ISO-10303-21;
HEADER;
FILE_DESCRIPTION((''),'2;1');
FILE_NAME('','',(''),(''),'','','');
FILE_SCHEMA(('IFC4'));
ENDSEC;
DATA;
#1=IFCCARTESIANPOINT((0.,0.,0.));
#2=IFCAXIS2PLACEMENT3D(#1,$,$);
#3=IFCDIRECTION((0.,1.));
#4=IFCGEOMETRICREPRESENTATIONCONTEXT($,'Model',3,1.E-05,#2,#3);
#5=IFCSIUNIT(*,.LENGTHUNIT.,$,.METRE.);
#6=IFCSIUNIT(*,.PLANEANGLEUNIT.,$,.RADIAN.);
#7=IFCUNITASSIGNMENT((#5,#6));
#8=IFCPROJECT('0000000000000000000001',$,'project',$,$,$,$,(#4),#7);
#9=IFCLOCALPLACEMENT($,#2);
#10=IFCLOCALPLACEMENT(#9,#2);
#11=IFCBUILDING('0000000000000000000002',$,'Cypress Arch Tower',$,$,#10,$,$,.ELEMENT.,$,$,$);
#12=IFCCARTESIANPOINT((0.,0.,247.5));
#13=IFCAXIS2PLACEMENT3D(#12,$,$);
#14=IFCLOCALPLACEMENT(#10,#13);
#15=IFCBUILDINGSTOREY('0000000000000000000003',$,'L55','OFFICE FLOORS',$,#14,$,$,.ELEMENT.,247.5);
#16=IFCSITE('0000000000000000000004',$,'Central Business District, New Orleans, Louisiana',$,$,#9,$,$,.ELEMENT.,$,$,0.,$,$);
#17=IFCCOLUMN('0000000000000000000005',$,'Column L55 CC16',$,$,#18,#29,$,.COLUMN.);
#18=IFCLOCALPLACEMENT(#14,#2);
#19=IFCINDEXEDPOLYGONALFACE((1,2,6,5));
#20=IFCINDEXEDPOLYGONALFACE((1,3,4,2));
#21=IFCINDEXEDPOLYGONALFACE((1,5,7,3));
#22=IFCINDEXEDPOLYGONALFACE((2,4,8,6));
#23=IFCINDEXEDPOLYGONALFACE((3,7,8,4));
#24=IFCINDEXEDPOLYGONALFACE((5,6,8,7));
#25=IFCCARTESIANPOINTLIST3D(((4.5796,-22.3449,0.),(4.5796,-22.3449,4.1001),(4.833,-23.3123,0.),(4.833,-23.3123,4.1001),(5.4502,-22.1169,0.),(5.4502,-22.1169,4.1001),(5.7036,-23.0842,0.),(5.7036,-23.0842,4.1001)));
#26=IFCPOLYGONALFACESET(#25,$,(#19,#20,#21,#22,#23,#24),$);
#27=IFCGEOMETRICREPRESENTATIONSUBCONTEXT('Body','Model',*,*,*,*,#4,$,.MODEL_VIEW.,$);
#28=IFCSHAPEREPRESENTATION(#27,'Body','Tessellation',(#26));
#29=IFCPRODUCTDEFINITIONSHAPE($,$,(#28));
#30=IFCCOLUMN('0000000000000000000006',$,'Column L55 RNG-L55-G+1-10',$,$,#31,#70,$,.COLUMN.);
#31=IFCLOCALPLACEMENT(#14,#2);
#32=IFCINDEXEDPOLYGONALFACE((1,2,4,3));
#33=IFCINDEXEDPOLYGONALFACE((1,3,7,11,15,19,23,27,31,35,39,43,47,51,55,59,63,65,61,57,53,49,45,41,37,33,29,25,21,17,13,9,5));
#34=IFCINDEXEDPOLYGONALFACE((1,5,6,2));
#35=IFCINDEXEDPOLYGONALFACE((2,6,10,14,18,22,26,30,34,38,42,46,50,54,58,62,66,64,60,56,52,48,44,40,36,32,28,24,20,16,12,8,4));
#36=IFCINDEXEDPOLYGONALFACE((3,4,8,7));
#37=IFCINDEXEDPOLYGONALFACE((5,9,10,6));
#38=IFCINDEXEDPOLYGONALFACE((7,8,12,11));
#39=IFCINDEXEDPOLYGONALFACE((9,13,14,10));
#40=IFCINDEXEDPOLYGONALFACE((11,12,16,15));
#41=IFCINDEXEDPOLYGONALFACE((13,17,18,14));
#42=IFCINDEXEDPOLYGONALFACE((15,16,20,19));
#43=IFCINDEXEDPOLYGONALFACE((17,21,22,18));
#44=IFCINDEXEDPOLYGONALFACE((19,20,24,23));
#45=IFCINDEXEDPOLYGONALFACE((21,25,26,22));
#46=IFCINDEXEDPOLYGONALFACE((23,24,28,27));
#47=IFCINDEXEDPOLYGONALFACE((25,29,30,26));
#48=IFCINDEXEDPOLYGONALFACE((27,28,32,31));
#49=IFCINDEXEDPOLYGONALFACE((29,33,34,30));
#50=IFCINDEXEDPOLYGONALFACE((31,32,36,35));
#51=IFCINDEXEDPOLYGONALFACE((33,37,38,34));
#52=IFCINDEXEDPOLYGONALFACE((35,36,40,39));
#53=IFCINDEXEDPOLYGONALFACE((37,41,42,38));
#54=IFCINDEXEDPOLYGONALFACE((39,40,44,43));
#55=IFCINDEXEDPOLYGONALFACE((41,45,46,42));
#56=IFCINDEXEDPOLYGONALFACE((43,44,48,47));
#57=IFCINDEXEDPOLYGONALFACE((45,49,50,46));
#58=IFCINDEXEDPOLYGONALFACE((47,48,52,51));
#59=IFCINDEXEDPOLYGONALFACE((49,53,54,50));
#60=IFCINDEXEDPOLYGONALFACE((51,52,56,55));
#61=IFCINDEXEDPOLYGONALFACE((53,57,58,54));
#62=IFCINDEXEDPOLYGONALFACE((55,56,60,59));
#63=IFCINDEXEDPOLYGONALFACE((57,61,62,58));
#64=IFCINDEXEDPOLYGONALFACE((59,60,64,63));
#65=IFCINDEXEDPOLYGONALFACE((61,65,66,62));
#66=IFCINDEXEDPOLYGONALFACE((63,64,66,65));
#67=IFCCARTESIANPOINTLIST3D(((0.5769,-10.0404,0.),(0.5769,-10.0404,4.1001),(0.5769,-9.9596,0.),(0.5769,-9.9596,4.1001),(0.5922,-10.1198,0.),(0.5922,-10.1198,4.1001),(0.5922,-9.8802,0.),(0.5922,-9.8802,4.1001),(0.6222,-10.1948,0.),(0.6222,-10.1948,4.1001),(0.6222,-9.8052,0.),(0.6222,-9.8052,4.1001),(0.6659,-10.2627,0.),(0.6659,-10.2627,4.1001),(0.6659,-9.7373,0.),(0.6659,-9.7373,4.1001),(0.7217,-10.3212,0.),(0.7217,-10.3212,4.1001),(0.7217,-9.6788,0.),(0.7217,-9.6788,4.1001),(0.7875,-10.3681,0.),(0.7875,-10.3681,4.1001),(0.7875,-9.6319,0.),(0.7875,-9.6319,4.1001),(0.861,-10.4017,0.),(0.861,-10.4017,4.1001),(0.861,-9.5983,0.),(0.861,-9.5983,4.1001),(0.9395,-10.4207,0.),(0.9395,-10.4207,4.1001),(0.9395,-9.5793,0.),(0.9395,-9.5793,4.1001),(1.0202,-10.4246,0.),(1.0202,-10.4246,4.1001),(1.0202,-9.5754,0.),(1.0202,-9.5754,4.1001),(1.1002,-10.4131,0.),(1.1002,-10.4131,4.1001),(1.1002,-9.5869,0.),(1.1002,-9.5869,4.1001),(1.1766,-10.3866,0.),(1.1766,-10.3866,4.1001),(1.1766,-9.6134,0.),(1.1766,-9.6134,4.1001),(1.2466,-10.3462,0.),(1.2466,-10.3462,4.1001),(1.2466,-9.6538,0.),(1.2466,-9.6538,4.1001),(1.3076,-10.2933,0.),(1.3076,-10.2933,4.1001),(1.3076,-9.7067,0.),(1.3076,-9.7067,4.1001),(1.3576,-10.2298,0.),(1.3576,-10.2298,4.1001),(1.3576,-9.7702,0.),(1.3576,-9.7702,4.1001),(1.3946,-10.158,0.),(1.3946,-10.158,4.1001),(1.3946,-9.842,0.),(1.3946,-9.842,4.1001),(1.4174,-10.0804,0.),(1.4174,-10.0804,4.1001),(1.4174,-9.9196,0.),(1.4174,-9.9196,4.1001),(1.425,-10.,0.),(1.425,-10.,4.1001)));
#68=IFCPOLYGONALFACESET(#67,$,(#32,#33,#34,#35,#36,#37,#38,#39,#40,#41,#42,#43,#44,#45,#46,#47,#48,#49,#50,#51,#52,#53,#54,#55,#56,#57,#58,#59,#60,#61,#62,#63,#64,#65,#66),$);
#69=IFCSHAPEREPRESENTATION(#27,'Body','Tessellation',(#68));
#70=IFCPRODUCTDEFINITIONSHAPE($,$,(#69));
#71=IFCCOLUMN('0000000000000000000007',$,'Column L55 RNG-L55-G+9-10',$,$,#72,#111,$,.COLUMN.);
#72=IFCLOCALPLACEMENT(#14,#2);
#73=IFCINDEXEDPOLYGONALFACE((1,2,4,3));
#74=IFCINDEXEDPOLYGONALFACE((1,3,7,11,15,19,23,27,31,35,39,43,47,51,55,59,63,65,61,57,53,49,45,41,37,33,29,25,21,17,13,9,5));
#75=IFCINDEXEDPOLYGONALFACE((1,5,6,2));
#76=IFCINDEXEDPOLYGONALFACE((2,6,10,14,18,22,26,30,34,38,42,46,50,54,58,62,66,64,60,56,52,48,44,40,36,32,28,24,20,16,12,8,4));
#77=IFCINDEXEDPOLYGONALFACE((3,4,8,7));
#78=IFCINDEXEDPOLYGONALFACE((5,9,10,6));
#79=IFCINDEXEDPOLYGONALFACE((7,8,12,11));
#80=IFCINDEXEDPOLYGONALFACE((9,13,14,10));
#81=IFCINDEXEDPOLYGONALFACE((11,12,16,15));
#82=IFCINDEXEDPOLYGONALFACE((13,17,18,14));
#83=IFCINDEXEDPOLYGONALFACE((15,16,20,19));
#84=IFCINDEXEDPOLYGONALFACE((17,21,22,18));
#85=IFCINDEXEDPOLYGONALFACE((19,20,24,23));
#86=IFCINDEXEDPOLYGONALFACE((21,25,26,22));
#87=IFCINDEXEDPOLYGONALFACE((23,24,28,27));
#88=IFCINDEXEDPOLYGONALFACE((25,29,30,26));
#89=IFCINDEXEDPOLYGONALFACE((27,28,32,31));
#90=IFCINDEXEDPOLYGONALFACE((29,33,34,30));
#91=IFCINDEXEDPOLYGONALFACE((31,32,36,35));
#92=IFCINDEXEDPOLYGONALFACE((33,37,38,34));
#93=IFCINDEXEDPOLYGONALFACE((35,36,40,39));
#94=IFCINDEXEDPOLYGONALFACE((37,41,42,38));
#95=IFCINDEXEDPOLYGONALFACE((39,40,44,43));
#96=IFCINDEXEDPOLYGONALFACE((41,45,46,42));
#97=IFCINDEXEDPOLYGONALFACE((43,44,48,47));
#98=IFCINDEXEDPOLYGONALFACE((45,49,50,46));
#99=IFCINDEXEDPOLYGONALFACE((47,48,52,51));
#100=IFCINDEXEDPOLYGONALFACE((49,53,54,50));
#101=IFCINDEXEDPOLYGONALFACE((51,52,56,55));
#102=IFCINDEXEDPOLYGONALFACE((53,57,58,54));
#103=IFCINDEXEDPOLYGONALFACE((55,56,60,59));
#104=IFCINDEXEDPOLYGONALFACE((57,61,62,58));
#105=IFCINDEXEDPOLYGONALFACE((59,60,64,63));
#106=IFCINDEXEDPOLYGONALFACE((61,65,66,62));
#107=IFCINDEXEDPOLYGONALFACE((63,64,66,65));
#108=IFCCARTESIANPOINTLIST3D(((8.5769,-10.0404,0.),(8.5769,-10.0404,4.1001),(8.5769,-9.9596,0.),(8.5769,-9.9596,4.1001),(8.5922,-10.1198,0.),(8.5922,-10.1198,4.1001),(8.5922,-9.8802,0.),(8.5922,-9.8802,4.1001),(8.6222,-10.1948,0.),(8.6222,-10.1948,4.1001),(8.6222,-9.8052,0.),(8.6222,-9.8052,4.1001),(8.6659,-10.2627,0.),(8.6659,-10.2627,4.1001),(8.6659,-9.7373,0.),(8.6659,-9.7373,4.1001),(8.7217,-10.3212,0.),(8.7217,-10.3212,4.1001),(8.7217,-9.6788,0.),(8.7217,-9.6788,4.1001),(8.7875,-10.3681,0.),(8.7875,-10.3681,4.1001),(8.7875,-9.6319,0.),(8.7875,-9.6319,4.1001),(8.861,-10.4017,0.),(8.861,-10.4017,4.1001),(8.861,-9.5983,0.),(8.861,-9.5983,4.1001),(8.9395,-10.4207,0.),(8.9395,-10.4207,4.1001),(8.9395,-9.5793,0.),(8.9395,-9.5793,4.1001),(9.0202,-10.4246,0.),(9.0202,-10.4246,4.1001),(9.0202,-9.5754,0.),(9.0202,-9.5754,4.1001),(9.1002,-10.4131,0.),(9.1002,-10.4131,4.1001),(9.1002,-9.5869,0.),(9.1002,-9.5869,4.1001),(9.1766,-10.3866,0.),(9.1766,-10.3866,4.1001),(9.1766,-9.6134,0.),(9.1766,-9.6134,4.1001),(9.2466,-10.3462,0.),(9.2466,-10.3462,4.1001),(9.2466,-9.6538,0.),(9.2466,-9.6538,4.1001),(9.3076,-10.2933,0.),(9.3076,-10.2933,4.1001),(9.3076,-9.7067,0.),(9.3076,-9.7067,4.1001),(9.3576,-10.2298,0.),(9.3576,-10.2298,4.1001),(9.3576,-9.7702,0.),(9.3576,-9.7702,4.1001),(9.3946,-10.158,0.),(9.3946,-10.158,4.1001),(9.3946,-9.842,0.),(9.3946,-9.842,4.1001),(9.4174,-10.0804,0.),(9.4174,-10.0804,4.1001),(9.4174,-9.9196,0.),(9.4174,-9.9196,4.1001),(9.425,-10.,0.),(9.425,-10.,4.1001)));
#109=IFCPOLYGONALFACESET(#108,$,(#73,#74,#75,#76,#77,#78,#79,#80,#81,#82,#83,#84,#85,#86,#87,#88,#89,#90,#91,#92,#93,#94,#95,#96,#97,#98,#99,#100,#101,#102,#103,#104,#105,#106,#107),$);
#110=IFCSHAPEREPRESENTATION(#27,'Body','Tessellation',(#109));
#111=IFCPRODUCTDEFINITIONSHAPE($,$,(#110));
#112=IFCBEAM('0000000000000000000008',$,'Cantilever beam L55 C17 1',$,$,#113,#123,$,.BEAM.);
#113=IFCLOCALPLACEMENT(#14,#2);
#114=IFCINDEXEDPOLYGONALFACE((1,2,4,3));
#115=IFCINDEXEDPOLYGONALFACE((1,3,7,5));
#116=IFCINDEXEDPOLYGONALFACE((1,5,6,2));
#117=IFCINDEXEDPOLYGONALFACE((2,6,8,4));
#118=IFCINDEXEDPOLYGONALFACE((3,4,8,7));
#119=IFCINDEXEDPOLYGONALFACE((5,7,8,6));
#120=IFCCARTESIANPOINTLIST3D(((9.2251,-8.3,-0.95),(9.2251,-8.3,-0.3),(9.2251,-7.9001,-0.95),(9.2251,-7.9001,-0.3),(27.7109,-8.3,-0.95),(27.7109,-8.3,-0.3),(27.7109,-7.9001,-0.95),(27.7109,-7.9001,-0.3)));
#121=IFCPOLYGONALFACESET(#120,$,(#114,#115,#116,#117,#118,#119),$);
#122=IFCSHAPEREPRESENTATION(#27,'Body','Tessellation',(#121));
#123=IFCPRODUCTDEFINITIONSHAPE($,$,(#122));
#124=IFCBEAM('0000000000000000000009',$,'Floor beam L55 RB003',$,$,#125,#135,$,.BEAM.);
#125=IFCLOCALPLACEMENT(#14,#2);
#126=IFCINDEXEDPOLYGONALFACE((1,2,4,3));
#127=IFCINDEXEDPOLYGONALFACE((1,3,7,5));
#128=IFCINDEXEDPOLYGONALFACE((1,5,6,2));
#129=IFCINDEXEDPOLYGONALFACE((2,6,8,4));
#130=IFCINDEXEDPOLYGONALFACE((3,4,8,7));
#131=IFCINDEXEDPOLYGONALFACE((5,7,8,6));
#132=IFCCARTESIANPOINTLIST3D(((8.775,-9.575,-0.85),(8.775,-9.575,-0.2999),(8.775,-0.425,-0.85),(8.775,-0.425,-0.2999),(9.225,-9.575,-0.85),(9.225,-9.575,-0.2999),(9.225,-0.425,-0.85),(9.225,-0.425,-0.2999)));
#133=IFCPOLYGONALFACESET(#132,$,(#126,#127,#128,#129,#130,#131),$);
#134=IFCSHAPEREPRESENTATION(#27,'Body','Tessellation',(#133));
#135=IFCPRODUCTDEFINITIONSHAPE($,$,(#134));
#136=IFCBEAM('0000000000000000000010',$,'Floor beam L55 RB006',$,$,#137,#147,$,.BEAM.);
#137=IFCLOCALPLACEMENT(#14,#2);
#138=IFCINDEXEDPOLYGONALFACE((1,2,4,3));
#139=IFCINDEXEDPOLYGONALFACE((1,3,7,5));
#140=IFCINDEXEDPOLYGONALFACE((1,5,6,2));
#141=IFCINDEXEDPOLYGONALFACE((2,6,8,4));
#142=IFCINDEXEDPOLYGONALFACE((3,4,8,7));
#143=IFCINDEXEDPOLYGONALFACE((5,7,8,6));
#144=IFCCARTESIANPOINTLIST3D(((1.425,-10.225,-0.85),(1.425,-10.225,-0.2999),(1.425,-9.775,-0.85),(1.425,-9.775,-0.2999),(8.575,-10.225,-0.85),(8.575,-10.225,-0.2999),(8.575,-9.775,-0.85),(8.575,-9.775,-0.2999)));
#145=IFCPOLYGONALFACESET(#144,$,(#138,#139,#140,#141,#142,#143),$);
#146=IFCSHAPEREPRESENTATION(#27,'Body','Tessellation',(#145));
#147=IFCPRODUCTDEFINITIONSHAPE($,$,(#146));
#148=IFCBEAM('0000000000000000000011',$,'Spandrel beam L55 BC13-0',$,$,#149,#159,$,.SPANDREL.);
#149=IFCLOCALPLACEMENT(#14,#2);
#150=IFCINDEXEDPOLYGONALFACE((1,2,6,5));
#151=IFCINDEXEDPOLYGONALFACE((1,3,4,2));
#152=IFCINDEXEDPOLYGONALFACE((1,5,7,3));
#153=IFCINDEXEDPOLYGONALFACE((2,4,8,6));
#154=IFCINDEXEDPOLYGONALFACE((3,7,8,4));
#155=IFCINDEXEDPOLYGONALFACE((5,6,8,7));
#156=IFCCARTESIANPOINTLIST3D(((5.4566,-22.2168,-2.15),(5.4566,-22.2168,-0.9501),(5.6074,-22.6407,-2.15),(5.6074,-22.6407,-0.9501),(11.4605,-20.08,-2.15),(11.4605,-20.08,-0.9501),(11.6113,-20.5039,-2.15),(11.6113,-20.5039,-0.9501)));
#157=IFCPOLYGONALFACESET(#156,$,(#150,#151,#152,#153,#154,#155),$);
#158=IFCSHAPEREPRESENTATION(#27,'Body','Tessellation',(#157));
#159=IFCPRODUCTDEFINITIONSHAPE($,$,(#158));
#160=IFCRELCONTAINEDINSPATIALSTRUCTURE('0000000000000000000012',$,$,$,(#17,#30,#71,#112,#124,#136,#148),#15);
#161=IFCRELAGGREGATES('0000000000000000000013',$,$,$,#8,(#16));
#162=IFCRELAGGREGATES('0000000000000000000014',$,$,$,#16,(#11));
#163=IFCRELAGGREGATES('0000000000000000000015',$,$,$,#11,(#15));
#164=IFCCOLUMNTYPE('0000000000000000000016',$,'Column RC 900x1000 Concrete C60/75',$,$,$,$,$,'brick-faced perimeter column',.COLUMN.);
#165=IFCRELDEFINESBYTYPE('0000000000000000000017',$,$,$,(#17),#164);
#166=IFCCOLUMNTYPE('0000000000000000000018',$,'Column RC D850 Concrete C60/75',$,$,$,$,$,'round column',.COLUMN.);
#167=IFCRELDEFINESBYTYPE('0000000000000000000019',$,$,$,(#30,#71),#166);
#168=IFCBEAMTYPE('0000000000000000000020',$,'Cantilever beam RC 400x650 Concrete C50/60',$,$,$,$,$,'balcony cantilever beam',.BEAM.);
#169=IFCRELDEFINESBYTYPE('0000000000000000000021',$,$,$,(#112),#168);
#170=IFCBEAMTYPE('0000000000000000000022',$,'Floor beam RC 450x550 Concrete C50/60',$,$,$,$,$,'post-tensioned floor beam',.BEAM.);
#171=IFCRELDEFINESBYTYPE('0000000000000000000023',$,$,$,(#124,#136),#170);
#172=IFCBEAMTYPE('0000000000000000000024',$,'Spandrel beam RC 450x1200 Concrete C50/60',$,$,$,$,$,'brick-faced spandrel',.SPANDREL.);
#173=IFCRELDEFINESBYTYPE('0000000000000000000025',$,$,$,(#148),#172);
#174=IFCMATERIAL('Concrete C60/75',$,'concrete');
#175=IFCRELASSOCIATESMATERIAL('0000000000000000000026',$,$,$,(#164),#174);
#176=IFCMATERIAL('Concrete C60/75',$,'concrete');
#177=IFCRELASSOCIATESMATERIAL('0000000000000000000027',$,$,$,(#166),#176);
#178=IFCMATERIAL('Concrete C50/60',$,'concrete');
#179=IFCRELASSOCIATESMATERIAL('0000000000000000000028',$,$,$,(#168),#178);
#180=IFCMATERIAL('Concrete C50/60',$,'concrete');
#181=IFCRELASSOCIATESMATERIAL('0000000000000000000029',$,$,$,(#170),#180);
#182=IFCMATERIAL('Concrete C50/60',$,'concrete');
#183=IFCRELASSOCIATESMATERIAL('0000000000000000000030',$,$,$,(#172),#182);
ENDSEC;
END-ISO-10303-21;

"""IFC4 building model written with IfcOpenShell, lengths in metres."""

from ifc_helpers import new_model, si_unit, direction, frame, origin, origin_2d, place, context, subcontext, project, spatial, rectangle, circle, extrude, material, material_profile, profile_set, type_object, element, save


model = new_model("IFC4")

# Units and contexts
model_context = context("Model", 3, precision=1e-05, world=origin(), true_north=direction((0.0, 1.0)))
body_context = subcontext(model_context, "Body", "Model", "MODEL_VIEW")
ifc_project = project(units=[si_unit("LENGTHUNIT", "METRE"), si_unit("PLANEANGLEUNIT", "RADIAN")], contexts=[model_context])

# Site, building, storey
site_placement = place(None, origin())
site = spatial("IfcSite", under=ifc_project, at=site_placement, Name="Central Business District, New Orleans, Louisiana", CompositionType="ELEMENT", RefElevation=0.0)
building_placement = place(site_placement, origin())
building = spatial("IfcBuilding", under=site, at=building_placement, Name="Cypress Arch Tower", CompositionType="ELEMENT")
storey_placement = place(building_placement, frame((0.0, 0.0, 247.5)))
storey = spatial("IfcBuildingStorey", under=building, at=storey_placement, Name="L55", Description="OFFICE FLOORS", CompositionType="ELEMENT", Elevation=247.5)

# Columns
ifc_material_1 = material(Name="Concrete C60/75", Category="concrete")
ifc_material_profile_1 = material_profile(ifc_material_1, rectangle(XDim=0.8999, YDim=1.0, at=origin_2d()), Name="RC 900x1000")
ifc_profile_set_1 = profile_set([ifc_material_profile_1], Name="Concrete C60/75")
column_type_1 = type_object("IfcColumnType", Name="Column RC 900x1000 Concrete C60/75", ElementType="brick-faced perimeter column", PredefinedType="COLUMN", material=ifc_profile_set_1)
column_placement = place(storey_placement, frame((5.1416, -22.7146, 0.0), z_axis=(0.0, 0.0, 1.0), x_axis=(0.967356, 0.253422, 0.0)))
element("IfcColumn", 1, at=column_placement, inside=storey, type_object=column_type_1, Name="Column L55 CC16", PredefinedType="COLUMN", context=body_context, shape_type="SweptSolid", body=[
    extrude(rectangle(XDim=0.8999, YDim=1.0, at=origin_2d()), origin(), (0.0, 0.0, 1.0), 4.1001),
])
ifc_material_2 = material(Name="Concrete C60/75", Category="concrete")
ifc_material_profile_2 = material_profile(ifc_material_2, circle(Radius=0.425, at=origin_2d()), Name="RC D850")
ifc_profile_set_2 = profile_set([ifc_material_profile_2], Name="Concrete C60/75")
column_type_2 = type_object("IfcColumnType", Name="Column RC D850 Concrete C60/75", ElementType="round column", PredefinedType="COLUMN", material=ifc_profile_set_2)
for number, where, z_axis, x_axis, name in (
    (2, (1.0, -10.0, 0.0), (0.0, 0.0, 1.0), (1.0, 0.0, 0.0), "Column L55 RNG-L55-G+1-10"),
    (3, (9.0, -10.0, 0.0), (0.0, 0.0, 1.0), (1.0, 0.0, 0.0), "Column L55 RNG-L55-G+9-10"),
):
    element("IfcColumn", number, at=place(storey_placement, frame(where, z_axis=z_axis, x_axis=x_axis)), inside=storey, type_object=column_type_2, Name=name, PredefinedType="COLUMN", context=body_context, shape_type="SweptSolid", body=[
        extrude(circle(Radius=0.425, at=origin_2d()), origin(), (0.0, 0.0, 1.0), 4.1001),
    ])

# Beams
ifc_material_3 = material(Name="Concrete C50/60", Category="concrete")
ifc_material_profile_3 = material_profile(ifc_material_3, rectangle(XDim=0.3999, YDim=0.6499, at=origin_2d()), Name="RC 400x650")
ifc_profile_set_3 = profile_set([ifc_material_profile_3], Name="Concrete C50/60")
beam_type_1 = type_object("IfcBeamType", Name="Cantilever beam RC 400x650 Concrete C50/60", ElementType="balcony cantilever beam", PredefinedType="BEAM", material=ifc_profile_set_3)
beam_1_placement = place(storey_placement, frame((9.2251, -8.1001, -0.625), z_axis=(1.0, 0.0, 0.0), x_axis=(0.0, 1.0, 0.0)))
element("IfcBeam", 4, at=beam_1_placement, inside=storey, type_object=beam_type_1, Name="Cantilever beam L55 C17 1", PredefinedType="BEAM", context=body_context, shape_type="SweptSolid", body=[
    extrude(rectangle(XDim=0.3999, YDim=0.6499, at=origin_2d()), origin(), (0.0, 0.0, 1.0), 18.4858),
])
ifc_material_4 = material(Name="Concrete C50/60", Category="concrete")
ifc_material_profile_4 = material_profile(ifc_material_4, rectangle(XDim=0.45, YDim=0.55, at=origin_2d()), Name="RC 450x550")
ifc_profile_set_4 = profile_set([ifc_material_profile_4], Name="Concrete C50/60")
beam_type_2 = type_object("IfcBeamType", Name="Floor beam RC 450x550 Concrete C50/60", ElementType="post-tensioned floor beam", PredefinedType="BEAM", material=ifc_profile_set_4)
beam_2_placement = place(storey_placement, frame((9.0, -9.575, -0.575), z_axis=(0.0, 1.0, 0.0), x_axis=(-1.0, 0.0, 0.0)))
element("IfcBeam", 5, at=beam_2_placement, inside=storey, type_object=beam_type_2, Name="Floor beam L55 RB003", PredefinedType="BEAM", context=body_context, shape_type="SweptSolid", body=[
    extrude(rectangle(XDim=0.45, YDim=0.55, at=origin_2d()), origin(), (0.0, 0.0, 1.0), 9.1499),
])
beam_3_placement = place(storey_placement, frame((1.425, -10.0, -0.575), z_axis=(1.0, 0.0, 0.0), x_axis=(0.0, 1.0, 0.0)))
element("IfcBeam", 6, at=beam_3_placement, inside=storey, type_object=beam_type_2, Name="Floor beam L55 RB006", PredefinedType="BEAM", context=body_context, shape_type="SweptSolid", body=[
    extrude(rectangle(XDim=0.45, YDim=0.55, at=origin_2d()), origin(), (0.0, 0.0, 1.0), 7.1499),
])
ifc_material_5 = material(Name="Concrete C50/60", Category="concrete")
ifc_material_profile_5 = material_profile(ifc_material_5, rectangle(XDim=0.45, YDim=1.2, at=origin_2d()), Name="RC 450x1200")
ifc_profile_set_5 = profile_set([ifc_material_profile_5], Name="Concrete C50/60")
beam_type_3 = type_object("IfcBeamType", Name="Spandrel beam RC 450x1200 Concrete C50/60", ElementType="brick-faced spandrel", PredefinedType="SPANDREL", material=ifc_profile_set_5)
beam_4_placement = place(storey_placement, frame((5.532, -22.4287, -1.55), z_axis=(0.942116, 0.335288, 0.0), x_axis=(-0.335288, 0.942116, 0.0)))
element("IfcBeam", 7, at=beam_4_placement, inside=storey, type_object=beam_type_3, Name="Spandrel beam L55 BC13-0", PredefinedType="SPANDREL", context=body_context, shape_type="SweptSolid", body=[
    extrude(rectangle(XDim=0.45, YDim=1.2, at=origin_2d()), origin(), (0.0, 0.0, 1.0), 6.3728),
])

save(model, "model.ifc")
